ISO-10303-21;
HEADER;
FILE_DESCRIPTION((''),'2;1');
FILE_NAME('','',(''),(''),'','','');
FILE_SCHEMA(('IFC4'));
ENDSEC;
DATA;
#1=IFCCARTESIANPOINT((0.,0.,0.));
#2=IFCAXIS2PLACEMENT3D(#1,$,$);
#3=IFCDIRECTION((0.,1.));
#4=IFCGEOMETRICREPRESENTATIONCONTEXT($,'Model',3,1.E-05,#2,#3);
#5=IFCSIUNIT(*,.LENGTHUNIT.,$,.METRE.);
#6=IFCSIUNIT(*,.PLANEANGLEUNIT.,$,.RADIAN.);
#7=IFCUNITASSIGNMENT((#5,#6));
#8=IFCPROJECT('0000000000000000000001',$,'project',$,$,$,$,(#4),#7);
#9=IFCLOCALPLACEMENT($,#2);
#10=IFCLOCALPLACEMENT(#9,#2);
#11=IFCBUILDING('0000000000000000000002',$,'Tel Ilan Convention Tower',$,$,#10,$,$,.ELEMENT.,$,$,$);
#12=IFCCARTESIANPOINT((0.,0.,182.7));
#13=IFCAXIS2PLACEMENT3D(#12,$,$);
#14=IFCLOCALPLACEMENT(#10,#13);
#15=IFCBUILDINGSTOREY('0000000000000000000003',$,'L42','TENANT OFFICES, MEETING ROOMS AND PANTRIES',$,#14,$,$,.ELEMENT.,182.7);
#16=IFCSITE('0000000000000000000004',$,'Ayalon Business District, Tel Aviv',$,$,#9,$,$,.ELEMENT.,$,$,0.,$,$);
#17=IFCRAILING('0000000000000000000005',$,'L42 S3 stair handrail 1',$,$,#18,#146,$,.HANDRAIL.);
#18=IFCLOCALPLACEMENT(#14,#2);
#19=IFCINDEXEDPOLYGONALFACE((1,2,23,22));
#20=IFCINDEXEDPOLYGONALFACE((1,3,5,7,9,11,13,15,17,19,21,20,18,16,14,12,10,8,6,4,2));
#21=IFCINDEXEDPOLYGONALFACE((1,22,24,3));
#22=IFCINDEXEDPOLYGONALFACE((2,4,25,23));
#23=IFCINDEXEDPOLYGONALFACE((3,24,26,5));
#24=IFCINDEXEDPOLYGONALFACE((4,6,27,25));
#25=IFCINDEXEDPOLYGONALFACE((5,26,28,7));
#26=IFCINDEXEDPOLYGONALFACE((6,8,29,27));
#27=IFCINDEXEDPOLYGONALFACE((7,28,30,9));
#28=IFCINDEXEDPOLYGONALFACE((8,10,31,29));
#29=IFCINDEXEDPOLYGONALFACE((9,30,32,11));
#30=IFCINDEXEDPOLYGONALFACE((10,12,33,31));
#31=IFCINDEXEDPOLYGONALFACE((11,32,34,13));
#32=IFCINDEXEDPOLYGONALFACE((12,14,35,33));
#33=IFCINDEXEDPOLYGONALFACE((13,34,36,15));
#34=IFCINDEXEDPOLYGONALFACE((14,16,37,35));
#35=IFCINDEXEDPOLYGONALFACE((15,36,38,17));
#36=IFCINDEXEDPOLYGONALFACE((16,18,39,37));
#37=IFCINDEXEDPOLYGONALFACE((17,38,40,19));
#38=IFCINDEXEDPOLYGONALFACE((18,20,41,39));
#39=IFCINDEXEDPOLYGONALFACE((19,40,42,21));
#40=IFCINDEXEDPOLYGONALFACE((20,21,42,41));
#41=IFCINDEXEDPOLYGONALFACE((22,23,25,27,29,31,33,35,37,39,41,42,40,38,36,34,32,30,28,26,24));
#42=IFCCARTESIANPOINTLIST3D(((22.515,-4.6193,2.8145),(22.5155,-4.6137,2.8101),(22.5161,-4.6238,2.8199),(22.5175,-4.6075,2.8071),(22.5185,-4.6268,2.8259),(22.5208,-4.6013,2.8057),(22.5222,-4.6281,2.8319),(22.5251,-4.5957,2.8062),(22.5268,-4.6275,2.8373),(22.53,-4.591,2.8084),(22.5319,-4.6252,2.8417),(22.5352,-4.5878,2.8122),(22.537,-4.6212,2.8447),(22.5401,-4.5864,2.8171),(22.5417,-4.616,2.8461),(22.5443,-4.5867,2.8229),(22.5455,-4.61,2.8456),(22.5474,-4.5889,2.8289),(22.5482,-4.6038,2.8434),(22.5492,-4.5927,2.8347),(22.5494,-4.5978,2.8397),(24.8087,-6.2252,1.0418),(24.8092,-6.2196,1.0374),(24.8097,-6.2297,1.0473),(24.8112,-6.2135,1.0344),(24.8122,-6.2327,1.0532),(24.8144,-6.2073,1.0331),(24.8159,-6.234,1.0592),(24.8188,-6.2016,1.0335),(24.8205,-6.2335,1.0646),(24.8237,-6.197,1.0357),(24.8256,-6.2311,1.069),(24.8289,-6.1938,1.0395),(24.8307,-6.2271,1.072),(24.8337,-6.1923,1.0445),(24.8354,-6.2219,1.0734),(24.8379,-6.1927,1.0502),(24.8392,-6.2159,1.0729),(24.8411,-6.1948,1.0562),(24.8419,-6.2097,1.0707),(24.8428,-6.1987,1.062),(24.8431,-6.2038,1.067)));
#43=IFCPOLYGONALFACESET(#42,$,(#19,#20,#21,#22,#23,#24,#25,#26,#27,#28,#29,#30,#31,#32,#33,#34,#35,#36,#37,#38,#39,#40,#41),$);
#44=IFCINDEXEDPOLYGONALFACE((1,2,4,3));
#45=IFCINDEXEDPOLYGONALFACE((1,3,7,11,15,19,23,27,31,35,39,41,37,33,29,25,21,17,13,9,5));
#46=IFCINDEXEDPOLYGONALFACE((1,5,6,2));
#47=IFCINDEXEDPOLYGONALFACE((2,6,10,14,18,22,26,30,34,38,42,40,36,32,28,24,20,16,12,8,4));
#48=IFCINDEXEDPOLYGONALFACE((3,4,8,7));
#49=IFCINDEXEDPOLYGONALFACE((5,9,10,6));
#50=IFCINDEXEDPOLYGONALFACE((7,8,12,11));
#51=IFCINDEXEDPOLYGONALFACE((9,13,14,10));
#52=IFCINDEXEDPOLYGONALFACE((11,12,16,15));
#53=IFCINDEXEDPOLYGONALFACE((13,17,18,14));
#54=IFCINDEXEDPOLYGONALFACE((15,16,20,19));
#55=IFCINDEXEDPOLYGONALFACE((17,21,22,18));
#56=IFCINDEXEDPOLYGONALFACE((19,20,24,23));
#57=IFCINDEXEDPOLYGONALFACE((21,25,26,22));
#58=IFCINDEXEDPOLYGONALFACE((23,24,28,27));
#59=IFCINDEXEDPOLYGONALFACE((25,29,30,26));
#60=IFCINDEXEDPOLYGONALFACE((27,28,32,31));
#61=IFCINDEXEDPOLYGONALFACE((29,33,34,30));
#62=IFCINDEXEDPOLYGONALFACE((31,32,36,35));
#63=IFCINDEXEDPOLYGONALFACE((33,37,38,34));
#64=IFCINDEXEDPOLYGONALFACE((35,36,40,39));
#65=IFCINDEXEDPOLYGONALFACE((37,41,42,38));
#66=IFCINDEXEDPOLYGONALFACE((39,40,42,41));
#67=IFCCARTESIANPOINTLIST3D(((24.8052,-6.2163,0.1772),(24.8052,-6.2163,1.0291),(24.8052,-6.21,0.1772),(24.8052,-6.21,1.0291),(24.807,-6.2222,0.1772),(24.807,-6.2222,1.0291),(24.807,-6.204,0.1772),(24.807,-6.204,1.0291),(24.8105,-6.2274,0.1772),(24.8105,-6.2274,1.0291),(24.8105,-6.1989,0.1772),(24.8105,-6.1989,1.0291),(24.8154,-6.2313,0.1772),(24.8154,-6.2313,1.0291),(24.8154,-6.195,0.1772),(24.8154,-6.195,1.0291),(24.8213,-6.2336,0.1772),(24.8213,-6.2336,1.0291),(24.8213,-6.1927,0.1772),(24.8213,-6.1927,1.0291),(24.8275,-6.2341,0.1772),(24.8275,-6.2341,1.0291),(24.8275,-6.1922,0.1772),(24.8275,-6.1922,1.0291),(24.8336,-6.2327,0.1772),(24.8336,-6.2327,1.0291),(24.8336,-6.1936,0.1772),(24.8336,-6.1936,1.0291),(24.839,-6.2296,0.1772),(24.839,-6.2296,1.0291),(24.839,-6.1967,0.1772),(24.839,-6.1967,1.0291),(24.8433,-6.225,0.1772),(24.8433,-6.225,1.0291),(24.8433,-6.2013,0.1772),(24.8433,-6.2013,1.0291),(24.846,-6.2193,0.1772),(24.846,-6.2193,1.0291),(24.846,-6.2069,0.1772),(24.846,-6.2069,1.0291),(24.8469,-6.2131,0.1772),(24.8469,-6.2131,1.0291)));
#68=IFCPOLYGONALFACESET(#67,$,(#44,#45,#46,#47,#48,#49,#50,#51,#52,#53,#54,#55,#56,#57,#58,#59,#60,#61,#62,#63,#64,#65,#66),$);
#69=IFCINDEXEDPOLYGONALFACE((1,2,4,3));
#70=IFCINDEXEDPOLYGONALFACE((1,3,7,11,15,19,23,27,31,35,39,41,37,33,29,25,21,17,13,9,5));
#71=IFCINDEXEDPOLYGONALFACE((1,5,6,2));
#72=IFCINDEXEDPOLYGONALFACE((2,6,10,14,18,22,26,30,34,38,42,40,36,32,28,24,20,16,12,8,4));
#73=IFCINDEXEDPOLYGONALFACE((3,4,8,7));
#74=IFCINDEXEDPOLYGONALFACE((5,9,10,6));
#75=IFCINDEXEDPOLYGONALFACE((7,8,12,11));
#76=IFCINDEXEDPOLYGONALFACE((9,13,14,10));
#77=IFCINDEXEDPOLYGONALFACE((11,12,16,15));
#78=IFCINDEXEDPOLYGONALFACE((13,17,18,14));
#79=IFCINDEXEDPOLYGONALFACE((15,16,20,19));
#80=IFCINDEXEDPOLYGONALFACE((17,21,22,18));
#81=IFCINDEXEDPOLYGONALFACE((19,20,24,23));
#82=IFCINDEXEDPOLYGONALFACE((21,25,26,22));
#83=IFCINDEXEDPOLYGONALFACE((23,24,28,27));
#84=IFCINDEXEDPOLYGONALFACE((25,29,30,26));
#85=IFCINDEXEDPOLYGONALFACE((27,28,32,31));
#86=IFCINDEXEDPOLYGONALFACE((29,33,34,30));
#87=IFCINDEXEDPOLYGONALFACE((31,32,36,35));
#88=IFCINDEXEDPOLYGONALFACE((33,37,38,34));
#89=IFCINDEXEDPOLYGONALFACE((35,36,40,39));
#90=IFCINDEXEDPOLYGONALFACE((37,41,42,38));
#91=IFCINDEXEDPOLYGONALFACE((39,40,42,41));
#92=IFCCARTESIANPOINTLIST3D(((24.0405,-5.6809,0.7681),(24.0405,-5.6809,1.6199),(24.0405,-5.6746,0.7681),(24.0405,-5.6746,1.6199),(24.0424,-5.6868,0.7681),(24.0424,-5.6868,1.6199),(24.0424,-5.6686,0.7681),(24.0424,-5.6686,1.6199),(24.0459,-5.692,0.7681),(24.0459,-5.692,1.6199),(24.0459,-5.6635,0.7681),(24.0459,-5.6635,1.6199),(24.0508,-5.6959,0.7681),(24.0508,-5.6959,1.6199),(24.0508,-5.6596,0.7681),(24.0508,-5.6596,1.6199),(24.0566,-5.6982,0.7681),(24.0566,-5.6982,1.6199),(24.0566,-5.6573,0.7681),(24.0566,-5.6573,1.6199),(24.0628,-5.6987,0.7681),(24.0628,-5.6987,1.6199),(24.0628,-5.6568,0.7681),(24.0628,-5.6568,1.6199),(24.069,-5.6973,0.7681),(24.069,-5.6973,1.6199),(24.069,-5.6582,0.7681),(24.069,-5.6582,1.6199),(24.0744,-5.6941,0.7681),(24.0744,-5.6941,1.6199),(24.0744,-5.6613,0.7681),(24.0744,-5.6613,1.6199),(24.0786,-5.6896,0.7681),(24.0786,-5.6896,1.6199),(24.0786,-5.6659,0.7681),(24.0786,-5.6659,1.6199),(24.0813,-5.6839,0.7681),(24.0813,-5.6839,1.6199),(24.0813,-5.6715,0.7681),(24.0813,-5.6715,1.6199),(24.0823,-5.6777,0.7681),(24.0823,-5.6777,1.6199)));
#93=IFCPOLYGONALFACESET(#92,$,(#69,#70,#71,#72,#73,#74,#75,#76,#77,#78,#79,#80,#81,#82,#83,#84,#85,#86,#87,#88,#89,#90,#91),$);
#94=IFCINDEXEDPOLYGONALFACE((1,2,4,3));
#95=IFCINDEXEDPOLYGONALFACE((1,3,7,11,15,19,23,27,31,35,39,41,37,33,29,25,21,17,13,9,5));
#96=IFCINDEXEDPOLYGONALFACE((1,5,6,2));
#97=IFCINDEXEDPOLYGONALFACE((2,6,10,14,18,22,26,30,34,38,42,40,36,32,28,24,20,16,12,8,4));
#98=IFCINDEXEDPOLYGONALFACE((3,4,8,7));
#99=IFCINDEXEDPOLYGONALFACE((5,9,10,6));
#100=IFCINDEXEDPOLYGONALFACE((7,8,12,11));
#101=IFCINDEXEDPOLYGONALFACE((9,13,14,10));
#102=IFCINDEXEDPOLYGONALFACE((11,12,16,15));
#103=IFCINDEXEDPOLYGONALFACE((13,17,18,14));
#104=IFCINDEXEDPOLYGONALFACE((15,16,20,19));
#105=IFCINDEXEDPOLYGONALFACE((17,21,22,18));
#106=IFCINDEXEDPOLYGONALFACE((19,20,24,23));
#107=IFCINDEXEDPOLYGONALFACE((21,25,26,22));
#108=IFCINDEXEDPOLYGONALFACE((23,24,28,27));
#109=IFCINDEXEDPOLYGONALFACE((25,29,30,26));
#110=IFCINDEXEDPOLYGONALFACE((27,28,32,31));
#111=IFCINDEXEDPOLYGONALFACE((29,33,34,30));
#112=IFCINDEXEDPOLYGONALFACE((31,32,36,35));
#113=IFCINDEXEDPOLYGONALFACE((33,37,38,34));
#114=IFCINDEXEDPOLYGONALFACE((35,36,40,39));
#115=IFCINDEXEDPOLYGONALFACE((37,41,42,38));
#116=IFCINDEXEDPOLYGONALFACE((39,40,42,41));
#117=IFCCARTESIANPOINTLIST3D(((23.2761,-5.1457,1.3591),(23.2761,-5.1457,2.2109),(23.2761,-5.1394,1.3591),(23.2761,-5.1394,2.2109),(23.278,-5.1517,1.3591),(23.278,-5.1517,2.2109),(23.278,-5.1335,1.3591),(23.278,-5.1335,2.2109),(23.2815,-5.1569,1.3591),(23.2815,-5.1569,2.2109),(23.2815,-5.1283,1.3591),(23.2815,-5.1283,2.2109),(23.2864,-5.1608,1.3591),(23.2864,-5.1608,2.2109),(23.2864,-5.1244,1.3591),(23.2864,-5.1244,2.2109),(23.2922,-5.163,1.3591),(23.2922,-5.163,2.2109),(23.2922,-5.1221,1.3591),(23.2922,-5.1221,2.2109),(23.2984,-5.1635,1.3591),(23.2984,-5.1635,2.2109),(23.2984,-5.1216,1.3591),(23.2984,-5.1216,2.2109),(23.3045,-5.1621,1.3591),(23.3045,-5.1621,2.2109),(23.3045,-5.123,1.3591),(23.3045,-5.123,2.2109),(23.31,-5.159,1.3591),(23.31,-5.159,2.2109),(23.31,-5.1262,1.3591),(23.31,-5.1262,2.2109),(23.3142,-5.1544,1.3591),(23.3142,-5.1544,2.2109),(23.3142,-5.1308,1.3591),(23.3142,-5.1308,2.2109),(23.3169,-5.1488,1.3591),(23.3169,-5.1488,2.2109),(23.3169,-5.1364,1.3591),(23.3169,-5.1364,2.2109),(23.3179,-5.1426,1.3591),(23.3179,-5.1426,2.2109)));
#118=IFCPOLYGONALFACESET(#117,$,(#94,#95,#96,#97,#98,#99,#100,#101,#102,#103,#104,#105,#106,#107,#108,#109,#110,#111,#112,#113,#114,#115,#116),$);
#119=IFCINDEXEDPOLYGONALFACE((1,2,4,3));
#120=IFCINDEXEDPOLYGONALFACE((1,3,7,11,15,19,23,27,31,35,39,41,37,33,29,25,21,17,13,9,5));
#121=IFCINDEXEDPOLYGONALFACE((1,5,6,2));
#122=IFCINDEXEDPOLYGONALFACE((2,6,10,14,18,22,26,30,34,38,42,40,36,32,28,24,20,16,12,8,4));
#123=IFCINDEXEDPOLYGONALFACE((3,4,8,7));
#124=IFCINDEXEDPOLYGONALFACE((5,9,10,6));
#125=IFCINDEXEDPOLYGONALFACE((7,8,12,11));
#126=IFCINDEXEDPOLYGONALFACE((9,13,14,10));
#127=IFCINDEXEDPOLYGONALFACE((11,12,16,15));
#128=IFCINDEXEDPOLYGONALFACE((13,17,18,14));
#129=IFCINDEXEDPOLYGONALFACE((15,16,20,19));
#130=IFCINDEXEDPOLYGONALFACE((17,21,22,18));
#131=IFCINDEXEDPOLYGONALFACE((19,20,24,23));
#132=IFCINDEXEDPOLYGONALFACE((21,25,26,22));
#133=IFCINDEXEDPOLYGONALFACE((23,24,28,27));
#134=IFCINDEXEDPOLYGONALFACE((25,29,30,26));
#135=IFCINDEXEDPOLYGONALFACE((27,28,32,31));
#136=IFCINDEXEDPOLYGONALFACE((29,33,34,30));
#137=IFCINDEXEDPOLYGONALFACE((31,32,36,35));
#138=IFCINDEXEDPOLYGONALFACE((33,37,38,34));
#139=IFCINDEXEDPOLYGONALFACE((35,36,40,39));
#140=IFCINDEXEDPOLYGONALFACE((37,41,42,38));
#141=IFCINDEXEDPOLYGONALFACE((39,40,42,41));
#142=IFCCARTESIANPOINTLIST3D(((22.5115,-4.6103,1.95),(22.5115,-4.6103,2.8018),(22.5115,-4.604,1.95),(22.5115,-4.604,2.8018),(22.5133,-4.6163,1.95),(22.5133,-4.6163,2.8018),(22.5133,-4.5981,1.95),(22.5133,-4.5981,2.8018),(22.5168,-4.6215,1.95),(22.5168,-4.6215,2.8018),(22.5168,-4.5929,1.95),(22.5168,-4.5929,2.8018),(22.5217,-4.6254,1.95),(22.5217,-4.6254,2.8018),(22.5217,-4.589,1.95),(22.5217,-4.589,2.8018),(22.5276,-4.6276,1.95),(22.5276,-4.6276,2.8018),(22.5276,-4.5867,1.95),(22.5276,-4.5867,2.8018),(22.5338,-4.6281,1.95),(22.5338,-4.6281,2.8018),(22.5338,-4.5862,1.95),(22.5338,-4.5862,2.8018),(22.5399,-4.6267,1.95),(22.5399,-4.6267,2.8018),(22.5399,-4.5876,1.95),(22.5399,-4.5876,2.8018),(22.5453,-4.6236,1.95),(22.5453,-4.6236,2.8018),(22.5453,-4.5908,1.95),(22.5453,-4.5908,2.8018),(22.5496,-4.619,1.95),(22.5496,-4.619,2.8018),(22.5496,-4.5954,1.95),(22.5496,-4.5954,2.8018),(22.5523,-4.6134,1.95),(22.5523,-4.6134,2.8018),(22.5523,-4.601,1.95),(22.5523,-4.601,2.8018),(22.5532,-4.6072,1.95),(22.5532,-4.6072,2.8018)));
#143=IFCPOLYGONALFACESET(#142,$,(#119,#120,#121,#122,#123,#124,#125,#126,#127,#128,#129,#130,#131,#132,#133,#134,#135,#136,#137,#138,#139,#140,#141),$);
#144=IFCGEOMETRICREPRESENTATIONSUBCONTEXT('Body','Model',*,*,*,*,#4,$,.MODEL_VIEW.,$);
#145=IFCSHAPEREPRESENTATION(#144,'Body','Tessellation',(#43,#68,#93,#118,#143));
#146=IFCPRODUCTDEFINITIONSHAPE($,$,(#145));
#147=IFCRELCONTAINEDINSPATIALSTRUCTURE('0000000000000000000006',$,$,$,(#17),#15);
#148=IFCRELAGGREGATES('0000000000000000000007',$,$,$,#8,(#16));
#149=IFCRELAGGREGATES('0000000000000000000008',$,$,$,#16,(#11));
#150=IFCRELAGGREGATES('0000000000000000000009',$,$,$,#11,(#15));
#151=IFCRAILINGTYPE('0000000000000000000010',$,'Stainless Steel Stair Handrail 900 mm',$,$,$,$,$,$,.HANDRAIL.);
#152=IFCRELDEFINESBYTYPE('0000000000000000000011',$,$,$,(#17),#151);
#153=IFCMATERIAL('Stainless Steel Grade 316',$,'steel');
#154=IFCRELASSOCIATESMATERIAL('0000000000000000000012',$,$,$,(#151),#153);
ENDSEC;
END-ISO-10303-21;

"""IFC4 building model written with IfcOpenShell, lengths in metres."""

from ifc_helpers import new_model, si_unit, direction, frame, origin, origin_2d, place, context, subcontext, project, spatial, circle, extrude, material, type_object, element, save


model = new_model("IFC4")

# Units and contexts
model_context = context("Model", 3, precision=1e-05, world=origin(), true_north=direction((0.0, 1.0)))
body_context = subcontext(model_context, "Body", "Model", "MODEL_VIEW")
ifc_project = project(units=[si_unit("LENGTHUNIT", "METRE"), si_unit("PLANEANGLEUNIT", "RADIAN")], contexts=[model_context])

# Site, building, storey
site_placement = place(None, origin())
site = spatial("IfcSite", under=ifc_project, at=site_placement, Name="Ayalon Business District, Tel Aviv", CompositionType="ELEMENT", RefElevation=0.0)
building_placement = place(site_placement, origin())
building = spatial("IfcBuilding", under=site, at=building_placement, Name="Tel Ilan Convention Tower", CompositionType="ELEMENT")
storey_placement = place(building_placement, frame((0.0, 0.0, 182.7)))
storey = spatial("IfcBuildingStorey", under=building, at=storey_placement, Name="L42", Description="TENANT OFFICES, MEETING ROOMS AND PANTRIES", CompositionType="ELEMENT", Elevation=182.7)

# Railing
ifc_material_1 = material(Name="Stainless Steel Grade 316", Category="steel")
railing_type_1 = type_object("IfcRailingType", Name="Stainless Steel Stair Handrail 900 mm", PredefinedType="HANDRAIL", material=ifc_material_1)
railing_1_placement = place(storey_placement, frame((24.8259, -6.2131, 0.1772)))
element("IfcRailing", 1, at=railing_1_placement, inside=storey, type_object=railing_type_1, Name="L42 S3 stair handrail 1", PredefinedType="HANDRAIL", context=body_context, shape_type="SweptSolid", body=[
    extrude(circle(Radius=0.0239, at=origin_2d()), frame((0.0, 0.0, 0.876), z_axis=(-0.692123, 0.484597, 0.534913), x_axis=(-0.57355, -0.81917, 0.0)), (0.0, 0.0, 1.0), 3.314),
    extrude(circle(Radius=0.021, at=origin_2d()), origin(), (0.0, 0.0, 1.0), 0.8518),
    extrude(circle(Radius=0.021, at=origin_2d()), frame((-0.7646, 0.5354, 0.5908)), (0.0, 0.0, 1.0), 0.8518),
    extrude(circle(Radius=0.021, at=origin_2d()), frame((-1.5291, 1.0706, 1.1819)), (0.0, 0.0, 1.0), 0.8518),
    extrude(circle(Radius=0.021, at=origin_2d()), frame((-2.2937, 1.606, 1.7727)), (0.0, 0.0, 1.0), 0.8518),
])

save(model, "model.ifc")
